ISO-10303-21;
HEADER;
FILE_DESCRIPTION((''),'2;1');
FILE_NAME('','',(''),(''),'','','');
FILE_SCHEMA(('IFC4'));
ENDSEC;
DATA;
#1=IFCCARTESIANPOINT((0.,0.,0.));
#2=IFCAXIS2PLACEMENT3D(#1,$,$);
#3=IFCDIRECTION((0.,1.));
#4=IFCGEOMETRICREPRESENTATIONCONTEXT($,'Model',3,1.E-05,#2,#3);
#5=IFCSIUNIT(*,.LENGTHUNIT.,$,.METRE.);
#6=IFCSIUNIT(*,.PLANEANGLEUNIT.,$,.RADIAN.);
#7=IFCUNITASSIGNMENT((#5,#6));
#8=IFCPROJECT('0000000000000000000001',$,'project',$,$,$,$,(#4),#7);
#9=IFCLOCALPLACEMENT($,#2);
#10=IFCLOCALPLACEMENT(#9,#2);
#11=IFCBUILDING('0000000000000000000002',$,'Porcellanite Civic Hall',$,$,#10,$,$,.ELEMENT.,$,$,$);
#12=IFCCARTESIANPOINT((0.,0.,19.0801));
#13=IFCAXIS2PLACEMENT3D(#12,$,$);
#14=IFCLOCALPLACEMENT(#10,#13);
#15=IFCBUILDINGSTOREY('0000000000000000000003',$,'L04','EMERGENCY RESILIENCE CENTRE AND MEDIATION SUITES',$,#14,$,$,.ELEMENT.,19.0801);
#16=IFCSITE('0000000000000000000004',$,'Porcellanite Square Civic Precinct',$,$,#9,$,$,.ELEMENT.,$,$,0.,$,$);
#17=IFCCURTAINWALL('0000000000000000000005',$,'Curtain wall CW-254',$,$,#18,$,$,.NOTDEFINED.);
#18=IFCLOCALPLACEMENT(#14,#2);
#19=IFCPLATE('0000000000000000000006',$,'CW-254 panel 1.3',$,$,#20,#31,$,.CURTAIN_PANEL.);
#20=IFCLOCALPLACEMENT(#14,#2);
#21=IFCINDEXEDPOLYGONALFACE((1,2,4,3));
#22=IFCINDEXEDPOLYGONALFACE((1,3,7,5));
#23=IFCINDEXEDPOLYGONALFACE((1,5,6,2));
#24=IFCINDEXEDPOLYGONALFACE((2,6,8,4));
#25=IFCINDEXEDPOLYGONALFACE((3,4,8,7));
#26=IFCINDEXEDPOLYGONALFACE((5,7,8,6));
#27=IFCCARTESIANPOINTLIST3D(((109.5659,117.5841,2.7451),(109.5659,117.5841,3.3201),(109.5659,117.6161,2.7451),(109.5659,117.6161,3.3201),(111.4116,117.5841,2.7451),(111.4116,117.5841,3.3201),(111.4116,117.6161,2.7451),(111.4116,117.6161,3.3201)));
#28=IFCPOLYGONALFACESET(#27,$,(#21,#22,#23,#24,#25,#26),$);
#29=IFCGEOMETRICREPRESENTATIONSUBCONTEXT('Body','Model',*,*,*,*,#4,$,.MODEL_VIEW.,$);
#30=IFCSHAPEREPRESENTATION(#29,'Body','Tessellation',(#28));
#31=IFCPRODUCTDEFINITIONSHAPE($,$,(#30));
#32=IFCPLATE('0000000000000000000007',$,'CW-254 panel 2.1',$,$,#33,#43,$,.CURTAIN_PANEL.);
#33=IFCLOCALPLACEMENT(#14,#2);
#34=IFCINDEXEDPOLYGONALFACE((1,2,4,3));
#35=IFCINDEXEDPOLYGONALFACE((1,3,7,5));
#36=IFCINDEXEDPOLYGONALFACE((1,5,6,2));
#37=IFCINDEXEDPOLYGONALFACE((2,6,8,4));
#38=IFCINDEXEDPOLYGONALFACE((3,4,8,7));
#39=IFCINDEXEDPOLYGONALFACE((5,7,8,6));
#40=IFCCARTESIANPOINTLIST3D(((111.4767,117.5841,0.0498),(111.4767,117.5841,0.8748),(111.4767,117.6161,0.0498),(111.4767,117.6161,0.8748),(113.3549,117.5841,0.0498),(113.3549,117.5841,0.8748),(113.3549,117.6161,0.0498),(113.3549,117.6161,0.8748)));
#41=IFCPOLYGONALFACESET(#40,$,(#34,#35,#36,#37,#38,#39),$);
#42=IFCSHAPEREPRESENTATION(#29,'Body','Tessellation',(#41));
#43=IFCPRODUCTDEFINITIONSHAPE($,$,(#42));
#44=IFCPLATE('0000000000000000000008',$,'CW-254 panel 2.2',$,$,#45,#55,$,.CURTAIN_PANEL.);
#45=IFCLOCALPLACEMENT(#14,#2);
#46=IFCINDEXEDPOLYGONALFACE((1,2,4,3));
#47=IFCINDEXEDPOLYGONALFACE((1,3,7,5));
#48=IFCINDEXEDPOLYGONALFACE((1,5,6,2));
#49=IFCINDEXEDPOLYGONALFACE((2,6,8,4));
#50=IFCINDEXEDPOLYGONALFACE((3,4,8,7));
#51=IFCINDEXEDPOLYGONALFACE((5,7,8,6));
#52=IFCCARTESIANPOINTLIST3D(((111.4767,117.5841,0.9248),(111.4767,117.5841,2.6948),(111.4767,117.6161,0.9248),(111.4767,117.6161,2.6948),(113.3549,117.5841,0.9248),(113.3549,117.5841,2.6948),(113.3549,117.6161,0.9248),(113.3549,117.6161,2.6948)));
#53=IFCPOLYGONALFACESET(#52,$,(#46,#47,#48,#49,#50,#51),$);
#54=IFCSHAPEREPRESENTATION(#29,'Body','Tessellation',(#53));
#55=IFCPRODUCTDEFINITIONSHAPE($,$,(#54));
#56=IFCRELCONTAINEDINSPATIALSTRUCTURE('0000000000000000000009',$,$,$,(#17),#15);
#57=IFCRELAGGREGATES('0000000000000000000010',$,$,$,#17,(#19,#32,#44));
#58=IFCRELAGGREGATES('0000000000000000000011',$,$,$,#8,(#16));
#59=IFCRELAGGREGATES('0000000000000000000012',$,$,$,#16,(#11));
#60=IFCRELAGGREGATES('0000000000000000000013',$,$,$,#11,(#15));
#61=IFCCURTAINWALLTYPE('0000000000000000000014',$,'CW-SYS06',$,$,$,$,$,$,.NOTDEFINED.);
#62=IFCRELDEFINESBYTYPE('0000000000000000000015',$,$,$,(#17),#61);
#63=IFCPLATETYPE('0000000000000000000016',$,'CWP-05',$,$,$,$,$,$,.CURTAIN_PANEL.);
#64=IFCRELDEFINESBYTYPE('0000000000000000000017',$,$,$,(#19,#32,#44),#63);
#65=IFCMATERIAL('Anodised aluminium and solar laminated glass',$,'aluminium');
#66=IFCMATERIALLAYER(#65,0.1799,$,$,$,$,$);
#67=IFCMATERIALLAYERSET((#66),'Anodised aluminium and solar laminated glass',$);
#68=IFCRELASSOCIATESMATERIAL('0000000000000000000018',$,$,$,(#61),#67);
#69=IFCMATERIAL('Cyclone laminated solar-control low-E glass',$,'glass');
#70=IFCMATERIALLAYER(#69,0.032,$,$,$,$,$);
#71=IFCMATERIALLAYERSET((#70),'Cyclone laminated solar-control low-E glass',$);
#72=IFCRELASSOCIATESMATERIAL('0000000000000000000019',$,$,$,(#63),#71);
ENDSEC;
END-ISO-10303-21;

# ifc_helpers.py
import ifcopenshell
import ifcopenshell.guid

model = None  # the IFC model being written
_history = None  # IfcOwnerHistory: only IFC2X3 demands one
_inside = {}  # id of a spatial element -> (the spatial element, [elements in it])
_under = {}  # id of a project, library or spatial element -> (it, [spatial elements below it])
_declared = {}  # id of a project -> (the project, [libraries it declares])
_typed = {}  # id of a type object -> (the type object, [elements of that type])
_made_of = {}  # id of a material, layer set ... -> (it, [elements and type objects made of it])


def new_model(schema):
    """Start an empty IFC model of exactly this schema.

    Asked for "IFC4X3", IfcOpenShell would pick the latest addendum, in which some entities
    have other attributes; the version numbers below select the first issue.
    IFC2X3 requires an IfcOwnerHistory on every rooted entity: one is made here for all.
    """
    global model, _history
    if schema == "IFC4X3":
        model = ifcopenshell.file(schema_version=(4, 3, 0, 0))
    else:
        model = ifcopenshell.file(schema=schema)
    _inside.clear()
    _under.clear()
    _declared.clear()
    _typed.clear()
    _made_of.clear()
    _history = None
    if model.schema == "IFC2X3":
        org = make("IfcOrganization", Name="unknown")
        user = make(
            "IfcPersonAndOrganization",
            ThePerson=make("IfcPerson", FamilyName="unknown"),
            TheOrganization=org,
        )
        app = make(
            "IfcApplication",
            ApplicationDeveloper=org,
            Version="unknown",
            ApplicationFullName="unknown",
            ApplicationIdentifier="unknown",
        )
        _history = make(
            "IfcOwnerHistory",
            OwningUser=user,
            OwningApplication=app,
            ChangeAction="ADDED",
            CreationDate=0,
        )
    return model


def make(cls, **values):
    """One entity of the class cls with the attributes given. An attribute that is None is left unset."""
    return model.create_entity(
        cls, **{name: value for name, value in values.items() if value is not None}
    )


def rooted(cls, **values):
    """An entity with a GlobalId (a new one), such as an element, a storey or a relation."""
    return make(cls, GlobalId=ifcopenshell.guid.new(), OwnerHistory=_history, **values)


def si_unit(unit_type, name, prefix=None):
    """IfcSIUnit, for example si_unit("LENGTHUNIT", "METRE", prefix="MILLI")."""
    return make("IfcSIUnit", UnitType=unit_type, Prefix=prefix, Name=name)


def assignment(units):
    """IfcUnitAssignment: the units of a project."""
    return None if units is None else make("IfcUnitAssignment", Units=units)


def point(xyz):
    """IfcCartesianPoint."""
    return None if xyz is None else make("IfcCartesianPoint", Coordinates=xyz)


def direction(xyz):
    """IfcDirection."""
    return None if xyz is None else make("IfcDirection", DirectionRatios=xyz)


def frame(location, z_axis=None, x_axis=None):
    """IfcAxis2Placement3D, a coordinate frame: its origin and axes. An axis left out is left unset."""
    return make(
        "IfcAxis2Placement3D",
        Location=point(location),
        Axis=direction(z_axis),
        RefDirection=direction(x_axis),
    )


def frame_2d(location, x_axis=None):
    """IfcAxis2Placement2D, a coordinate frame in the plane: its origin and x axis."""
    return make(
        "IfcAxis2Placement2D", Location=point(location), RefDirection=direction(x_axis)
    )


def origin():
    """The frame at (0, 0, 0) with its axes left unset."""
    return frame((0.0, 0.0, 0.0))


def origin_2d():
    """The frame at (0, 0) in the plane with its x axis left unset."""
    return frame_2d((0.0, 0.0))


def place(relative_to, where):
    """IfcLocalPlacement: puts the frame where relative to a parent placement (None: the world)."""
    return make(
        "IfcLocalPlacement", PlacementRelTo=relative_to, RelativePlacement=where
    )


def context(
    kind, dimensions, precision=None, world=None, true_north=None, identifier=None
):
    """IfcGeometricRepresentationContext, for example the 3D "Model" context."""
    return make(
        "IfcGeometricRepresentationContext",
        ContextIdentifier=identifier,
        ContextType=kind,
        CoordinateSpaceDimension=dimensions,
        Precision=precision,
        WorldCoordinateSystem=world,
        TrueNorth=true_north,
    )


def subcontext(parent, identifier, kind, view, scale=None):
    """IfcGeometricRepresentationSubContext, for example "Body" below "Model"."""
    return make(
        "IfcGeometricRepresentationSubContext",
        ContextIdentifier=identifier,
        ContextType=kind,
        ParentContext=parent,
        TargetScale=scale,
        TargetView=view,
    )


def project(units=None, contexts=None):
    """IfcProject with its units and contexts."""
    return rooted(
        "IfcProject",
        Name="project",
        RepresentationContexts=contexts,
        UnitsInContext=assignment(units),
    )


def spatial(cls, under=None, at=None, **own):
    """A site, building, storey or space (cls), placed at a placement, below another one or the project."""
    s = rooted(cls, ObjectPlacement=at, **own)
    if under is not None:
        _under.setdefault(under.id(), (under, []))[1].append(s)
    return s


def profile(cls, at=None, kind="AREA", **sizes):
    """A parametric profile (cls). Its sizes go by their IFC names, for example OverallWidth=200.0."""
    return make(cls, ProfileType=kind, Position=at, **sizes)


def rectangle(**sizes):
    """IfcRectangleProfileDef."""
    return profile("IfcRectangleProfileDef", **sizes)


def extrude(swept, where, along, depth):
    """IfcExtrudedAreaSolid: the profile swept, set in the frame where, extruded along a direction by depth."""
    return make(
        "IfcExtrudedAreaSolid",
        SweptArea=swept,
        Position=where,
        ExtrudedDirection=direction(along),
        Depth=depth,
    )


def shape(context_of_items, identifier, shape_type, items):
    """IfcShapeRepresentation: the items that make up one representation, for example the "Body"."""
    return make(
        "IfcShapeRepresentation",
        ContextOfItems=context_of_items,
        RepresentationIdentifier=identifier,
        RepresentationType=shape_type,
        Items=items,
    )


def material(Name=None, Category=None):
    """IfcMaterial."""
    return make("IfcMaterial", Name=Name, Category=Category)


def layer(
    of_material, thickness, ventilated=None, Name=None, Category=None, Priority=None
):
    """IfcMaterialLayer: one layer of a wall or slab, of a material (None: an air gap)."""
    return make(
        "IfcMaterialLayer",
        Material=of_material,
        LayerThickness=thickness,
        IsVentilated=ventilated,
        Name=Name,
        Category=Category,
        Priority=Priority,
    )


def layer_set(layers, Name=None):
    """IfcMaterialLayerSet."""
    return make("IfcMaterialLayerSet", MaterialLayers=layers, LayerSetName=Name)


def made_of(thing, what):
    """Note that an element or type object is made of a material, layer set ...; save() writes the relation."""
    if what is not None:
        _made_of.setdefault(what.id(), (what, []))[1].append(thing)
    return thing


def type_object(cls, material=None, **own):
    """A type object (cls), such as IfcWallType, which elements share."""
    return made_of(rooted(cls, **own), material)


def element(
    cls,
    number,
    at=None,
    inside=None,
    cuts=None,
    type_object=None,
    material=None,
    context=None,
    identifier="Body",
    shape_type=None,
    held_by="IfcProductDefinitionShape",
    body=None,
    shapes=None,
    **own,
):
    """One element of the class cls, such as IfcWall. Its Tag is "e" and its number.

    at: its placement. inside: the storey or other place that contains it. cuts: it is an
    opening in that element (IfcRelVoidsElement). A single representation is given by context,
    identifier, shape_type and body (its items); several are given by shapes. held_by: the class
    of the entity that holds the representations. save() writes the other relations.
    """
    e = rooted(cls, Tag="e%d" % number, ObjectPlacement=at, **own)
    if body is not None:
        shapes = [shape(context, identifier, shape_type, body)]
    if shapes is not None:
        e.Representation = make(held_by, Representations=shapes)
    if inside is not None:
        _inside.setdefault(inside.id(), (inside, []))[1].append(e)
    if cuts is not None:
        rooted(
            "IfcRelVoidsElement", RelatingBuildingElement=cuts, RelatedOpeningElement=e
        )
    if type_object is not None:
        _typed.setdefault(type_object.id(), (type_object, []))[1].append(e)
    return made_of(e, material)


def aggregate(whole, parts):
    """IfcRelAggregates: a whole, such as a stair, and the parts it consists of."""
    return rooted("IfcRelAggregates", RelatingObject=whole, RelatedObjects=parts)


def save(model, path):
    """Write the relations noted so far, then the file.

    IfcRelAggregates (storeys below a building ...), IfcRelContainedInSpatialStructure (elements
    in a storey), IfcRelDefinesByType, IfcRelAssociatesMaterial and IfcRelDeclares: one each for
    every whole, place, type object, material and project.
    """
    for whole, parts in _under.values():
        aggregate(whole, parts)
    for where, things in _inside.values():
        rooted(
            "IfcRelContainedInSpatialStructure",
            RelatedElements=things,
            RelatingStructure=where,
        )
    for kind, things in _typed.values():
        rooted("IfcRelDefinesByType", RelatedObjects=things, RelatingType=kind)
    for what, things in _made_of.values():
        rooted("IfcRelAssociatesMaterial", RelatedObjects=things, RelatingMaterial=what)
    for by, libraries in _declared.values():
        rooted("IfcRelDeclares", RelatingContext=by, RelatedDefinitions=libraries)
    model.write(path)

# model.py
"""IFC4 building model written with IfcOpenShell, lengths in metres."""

from ifc_helpers import new_model, si_unit, direction, frame, origin, origin_2d, place, context, subcontext, project, spatial, rectangle, extrude, material, layer, layer_set, type_object, element, aggregate, save


model = new_model("IFC4")

# Units and contexts
model_context = context("Model", 3, precision=1e-05, world=origin(), true_north=direction((0.0, 1.0)))
body_context = subcontext(model_context, "Body", "Model", "MODEL_VIEW")
ifc_project = project(units=[si_unit("LENGTHUNIT", "METRE"), si_unit("PLANEANGLEUNIT", "RADIAN")], contexts=[model_context])

# Site, building, storey
site_placement = place(None, origin())
site = spatial("IfcSite", under=ifc_project, at=site_placement, Name="Porcellanite Square Civic Precinct", CompositionType="ELEMENT", RefElevation=0.0)
building_placement = place(site_placement, origin())
building = spatial("IfcBuilding", under=site, at=building_placement, Name="Porcellanite Civic Hall", CompositionType="ELEMENT")
storey_placement = place(building_placement, frame((0.0, 0.0, 19.0801)))
storey = spatial("IfcBuildingStorey", under=building, at=storey_placement, Name="L04", Description="EMERGENCY RESILIENCE CENTRE AND MEDIATION SUITES", CompositionType="ELEMENT", Elevation=19.0801)

# Curtain wall
ifc_material_1 = material(Name="Anodised aluminium and solar laminated glass", Category="aluminium")
ifc_layer_1 = layer(ifc_material_1, 0.1799)
ifc_layer_set_1 = layer_set([ifc_layer_1], Name="Anodised aluminium and solar laminated glass")
curtain_wall_type_1 = type_object("IfcCurtainWallType", Name="CW-SYS06", PredefinedType="NOTDEFINED", material=ifc_layer_set_1)
curtain_wall_1_placement = place(storey_placement, origin())
curtain_wall_1 = element("IfcCurtainWall", 1, at=curtain_wall_1_placement, inside=storey, type_object=curtain_wall_type_1, Name="Curtain wall CW-254", PredefinedType="NOTDEFINED")

# Plates
ifc_material_2 = material(Name="Cyclone laminated solar-control low-E glass", Category="glass")
ifc_layer_2 = layer(ifc_material_2, 0.032)
ifc_layer_set_2 = layer_set([ifc_layer_2], Name="Cyclone laminated solar-control low-E glass")
plate_type_1 = type_object("IfcPlateType", Name="CWP-05", PredefinedType="CURTAIN_PANEL", material=ifc_layer_set_2)
plate_1_placement = place(storey_placement, frame((110.4888, 117.6001, 2.7451), z_axis=(0.0, 0.0, 1.0), x_axis=(1.0, 0.0, 0.0)))
plate_1 = element("IfcPlate", 2, at=plate_1_placement, type_object=plate_type_1, Name="CW-254 panel 1.3", PredefinedType="CURTAIN_PANEL", context=body_context, shape_type="SweptSolid", body=[
    extrude(rectangle(XDim=1.8457, YDim=0.032, at=origin_2d()), origin(), (0.0, 0.0, 1.0), 0.575),
])
plate_2_placement = place(storey_placement, frame((112.4158, 117.6001, 0.0498), z_axis=(0.0, 0.0, 1.0), x_axis=(1.0, 0.0, 0.0)))
plate_2 = element("IfcPlate", 3, at=plate_2_placement, type_object=plate_type_1, Name="CW-254 panel 2.1", PredefinedType="CURTAIN_PANEL", context=body_context, shape_type="SweptSolid", body=[
    extrude(rectangle(XDim=1.8782, YDim=0.032, at=origin_2d()), origin(), (0.0, 0.0, 1.0), 0.825),
])
plate_3_placement = place(storey_placement, frame((112.4158, 117.6001, 0.9248), z_axis=(0.0, 0.0, 1.0), x_axis=(1.0, 0.0, 0.0)))
plate_3 = element("IfcPlate", 4, at=plate_3_placement, type_object=plate_type_1, Name="CW-254 panel 2.2", PredefinedType="CURTAIN_PANEL", context=body_context, shape_type="SweptSolid", body=[
    extrude(rectangle(XDim=1.8782, YDim=0.032, at=origin_2d()), origin(), (0.0, 0.0, 1.0), 1.77),
])
aggregate(curtain_wall_1, [plate_1, plate_2, plate_3])

save(model, "model.ifc")
